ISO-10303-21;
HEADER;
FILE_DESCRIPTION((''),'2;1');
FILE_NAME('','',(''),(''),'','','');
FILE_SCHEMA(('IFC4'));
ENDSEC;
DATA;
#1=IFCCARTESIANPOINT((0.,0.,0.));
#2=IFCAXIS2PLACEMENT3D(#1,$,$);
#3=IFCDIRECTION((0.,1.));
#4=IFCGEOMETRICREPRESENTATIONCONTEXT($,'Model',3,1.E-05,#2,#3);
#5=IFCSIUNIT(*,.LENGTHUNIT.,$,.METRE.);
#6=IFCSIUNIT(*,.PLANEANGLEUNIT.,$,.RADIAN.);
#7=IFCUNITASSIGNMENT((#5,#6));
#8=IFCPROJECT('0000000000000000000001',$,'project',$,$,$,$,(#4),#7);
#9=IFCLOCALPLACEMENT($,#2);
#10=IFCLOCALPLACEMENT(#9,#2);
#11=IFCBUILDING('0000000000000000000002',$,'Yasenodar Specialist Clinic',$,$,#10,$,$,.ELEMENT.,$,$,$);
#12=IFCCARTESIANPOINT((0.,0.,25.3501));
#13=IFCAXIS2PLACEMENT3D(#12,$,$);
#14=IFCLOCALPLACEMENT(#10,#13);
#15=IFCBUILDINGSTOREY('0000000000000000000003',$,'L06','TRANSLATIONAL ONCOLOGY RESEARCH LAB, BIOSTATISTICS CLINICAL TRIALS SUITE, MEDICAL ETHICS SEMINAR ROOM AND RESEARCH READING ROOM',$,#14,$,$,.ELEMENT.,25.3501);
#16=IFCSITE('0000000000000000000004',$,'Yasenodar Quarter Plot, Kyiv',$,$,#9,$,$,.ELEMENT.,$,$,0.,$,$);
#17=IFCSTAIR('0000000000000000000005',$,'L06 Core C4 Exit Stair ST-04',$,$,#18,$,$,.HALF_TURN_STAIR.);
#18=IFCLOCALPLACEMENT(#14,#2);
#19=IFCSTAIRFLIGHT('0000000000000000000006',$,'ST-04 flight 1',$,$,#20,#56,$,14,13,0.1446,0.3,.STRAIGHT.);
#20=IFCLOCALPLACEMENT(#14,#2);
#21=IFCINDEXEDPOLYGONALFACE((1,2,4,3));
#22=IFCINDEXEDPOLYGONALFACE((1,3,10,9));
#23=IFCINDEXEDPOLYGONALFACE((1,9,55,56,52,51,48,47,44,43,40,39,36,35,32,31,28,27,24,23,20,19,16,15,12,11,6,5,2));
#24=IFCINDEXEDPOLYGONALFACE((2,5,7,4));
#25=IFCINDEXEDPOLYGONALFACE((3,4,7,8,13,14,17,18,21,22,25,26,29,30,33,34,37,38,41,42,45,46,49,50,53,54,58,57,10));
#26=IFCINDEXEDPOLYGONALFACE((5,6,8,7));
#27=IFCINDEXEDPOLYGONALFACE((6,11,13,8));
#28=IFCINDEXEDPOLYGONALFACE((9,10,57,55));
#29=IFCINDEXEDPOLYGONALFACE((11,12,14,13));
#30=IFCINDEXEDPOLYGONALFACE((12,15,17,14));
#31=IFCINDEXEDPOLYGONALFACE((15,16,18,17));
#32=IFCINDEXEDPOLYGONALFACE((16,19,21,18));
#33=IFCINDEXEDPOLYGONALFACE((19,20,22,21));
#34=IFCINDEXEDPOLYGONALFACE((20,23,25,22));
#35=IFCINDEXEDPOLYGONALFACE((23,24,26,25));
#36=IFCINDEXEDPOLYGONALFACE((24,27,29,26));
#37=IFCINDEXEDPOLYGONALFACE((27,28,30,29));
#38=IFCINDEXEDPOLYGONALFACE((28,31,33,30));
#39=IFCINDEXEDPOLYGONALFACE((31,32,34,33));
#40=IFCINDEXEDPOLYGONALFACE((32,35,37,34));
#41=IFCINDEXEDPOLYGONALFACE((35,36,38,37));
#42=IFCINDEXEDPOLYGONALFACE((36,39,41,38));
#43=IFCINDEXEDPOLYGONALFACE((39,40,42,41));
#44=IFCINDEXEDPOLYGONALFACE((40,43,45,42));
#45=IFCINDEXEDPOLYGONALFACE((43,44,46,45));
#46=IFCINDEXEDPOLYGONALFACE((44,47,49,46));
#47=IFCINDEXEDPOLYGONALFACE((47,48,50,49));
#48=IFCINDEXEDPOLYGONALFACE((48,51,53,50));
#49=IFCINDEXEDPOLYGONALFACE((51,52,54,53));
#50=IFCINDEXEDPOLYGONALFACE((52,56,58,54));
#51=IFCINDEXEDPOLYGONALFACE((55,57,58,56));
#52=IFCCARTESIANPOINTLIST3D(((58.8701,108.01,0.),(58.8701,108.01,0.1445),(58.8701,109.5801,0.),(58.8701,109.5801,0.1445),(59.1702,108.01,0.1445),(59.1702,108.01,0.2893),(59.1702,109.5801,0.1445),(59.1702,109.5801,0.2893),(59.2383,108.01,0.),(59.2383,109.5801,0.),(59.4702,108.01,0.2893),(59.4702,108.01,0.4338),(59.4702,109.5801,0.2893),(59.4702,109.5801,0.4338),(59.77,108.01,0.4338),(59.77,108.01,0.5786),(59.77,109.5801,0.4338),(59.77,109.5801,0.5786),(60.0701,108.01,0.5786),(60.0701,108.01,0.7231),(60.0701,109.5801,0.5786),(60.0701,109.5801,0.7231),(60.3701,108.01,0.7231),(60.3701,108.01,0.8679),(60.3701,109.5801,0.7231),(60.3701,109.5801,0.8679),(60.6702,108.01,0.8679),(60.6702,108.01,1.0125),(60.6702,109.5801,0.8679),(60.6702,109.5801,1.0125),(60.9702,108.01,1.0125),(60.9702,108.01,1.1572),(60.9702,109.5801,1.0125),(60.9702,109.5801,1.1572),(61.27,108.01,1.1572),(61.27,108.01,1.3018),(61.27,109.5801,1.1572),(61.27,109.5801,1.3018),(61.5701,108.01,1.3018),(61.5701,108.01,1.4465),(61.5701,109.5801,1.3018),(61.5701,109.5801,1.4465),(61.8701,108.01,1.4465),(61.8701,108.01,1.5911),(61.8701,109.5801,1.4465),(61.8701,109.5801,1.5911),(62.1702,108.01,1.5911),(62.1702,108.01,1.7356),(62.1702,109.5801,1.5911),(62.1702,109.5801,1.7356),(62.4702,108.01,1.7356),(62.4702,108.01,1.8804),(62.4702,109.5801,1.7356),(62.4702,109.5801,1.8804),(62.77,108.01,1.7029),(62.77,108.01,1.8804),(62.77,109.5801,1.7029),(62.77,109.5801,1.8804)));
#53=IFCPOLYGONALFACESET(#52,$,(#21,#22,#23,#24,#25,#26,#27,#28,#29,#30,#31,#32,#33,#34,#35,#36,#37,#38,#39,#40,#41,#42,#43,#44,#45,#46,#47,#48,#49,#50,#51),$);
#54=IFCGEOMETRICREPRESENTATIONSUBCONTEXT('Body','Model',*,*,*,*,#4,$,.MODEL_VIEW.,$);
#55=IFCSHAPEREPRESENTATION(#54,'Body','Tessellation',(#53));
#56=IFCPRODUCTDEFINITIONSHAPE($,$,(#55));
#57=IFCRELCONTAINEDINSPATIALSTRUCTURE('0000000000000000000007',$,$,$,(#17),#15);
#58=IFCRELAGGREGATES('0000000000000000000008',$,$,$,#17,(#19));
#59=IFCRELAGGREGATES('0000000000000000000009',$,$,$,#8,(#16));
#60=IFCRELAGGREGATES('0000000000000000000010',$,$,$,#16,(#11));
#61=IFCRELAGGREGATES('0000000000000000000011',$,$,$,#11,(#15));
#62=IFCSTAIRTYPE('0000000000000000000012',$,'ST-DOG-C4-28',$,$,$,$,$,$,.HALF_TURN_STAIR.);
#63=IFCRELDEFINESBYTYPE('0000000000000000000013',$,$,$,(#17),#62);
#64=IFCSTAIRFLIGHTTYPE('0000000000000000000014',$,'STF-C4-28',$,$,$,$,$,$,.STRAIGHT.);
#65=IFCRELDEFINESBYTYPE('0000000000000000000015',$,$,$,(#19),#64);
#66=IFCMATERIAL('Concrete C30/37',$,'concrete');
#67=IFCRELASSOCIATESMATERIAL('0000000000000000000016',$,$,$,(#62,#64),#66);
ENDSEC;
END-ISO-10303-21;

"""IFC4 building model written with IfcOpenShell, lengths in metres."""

from ifc_helpers import new_model, si_unit, direction, frame, origin, place, context, subcontext, project, spatial, polyline, outline, extrude, material, type_object, element, aggregate, save


model = new_model("IFC4")

# Units and contexts
model_context = context("Model", 3, precision=1e-05, world=origin(), true_north=direction((0.0, 1.0)))
body_context = subcontext(model_context, "Body", "Model", "MODEL_VIEW")
ifc_project = project(units=[si_unit("LENGTHUNIT", "METRE"), si_unit("PLANEANGLEUNIT", "RADIAN")], contexts=[model_context])

# Site, building, storey
site_placement = place(None, origin())
site = spatial("IfcSite", under=ifc_project, at=site_placement, Name="Yasenodar Quarter Plot, Kyiv", CompositionType="ELEMENT", RefElevation=0.0)
building_placement = place(site_placement, origin())
building = spatial("IfcBuilding", under=site, at=building_placement, Name="Yasenodar Specialist Clinic", CompositionType="ELEMENT")
storey_placement = place(building_placement, frame((0.0, 0.0, 25.3501)))
storey = spatial("IfcBuildingStorey", under=building, at=storey_placement, Name="L06", Description="TRANSLATIONAL ONCOLOGY RESEARCH LAB, BIOSTATISTICS CLINICAL TRIALS SUITE, MEDICAL ETHICS SEMINAR ROOM AND RESEARCH READING ROOM", CompositionType="ELEMENT", Elevation=25.3501)

# Stair, stair flight
ifc_material_1 = material(Name="Concrete C30/37", Category="concrete")
stair_type = type_object("IfcStairType", Name="ST-DOG-C4-28", PredefinedType="HALF_TURN_STAIR", material=ifc_material_1)
stair_placement = place(storey_placement, origin())
stair = element("IfcStair", 1, at=stair_placement, inside=storey, type_object=stair_type, Name="L06 Core C4 Exit Stair ST-04", PredefinedType="HALF_TURN_STAIR")
stair_flight_type = type_object("IfcStairFlightType", Name="STF-C4-28", PredefinedType="STRAIGHT", material=ifc_material_1)
stair_flight_placement = place(storey_placement, frame((58.8701, 108.7949, 0.0), z_axis=(0.0, 0.0, 1.0), x_axis=(1.0, 0.0, 0.0)))
stair_flight = element("IfcStairFlight", 2, at=stair_flight_placement, type_object=stair_flight_type, Name="ST-04 flight 1", NumberOfRisers=14, NumberOfTreads=13, PredefinedType="STRAIGHT", RiserHeight=0.1446, TreadLength=0.3, context=body_context, shape_type="SweptSolid", body=[
    extrude(outline(polyline([(0.0, 0.0), (0.0, 0.1445), (0.3, 0.1445), (0.3, 0.2893), (0.6001, 0.2893), (0.6001, 0.4338), (0.8999, 0.4338), (0.8999, 0.5786), (1.2, 0.5786), (1.2, 0.7231), (1.5, 0.7231), (1.5, 0.8679), (1.8, 0.8679), (1.8, 1.0125), (2.1001, 1.0125), (2.1001, 1.1572), (2.3999, 1.1572), (2.3999, 1.3018), (2.7, 1.3018), (2.7, 1.4465), (3.0, 1.4465), (3.0, 1.5911), (3.3, 1.5911), (3.3, 1.7356), (3.6001, 1.7356), (3.6001, 1.8804), (3.8999, 1.8804), (3.8999, 2.0249), (3.8999, 1.7029), (0.3682, 0.0), (0.0, 0.0)])), frame((0.0, 0.7852, 0.0), z_axis=(0.0, -1.0, 0.0), x_axis=(1.0, 0.0, 0.0)), (0.0, 0.0, 1.0), 1.5701),
])
aggregate(stair, [stair_flight])

save(model, "model.ifc")
